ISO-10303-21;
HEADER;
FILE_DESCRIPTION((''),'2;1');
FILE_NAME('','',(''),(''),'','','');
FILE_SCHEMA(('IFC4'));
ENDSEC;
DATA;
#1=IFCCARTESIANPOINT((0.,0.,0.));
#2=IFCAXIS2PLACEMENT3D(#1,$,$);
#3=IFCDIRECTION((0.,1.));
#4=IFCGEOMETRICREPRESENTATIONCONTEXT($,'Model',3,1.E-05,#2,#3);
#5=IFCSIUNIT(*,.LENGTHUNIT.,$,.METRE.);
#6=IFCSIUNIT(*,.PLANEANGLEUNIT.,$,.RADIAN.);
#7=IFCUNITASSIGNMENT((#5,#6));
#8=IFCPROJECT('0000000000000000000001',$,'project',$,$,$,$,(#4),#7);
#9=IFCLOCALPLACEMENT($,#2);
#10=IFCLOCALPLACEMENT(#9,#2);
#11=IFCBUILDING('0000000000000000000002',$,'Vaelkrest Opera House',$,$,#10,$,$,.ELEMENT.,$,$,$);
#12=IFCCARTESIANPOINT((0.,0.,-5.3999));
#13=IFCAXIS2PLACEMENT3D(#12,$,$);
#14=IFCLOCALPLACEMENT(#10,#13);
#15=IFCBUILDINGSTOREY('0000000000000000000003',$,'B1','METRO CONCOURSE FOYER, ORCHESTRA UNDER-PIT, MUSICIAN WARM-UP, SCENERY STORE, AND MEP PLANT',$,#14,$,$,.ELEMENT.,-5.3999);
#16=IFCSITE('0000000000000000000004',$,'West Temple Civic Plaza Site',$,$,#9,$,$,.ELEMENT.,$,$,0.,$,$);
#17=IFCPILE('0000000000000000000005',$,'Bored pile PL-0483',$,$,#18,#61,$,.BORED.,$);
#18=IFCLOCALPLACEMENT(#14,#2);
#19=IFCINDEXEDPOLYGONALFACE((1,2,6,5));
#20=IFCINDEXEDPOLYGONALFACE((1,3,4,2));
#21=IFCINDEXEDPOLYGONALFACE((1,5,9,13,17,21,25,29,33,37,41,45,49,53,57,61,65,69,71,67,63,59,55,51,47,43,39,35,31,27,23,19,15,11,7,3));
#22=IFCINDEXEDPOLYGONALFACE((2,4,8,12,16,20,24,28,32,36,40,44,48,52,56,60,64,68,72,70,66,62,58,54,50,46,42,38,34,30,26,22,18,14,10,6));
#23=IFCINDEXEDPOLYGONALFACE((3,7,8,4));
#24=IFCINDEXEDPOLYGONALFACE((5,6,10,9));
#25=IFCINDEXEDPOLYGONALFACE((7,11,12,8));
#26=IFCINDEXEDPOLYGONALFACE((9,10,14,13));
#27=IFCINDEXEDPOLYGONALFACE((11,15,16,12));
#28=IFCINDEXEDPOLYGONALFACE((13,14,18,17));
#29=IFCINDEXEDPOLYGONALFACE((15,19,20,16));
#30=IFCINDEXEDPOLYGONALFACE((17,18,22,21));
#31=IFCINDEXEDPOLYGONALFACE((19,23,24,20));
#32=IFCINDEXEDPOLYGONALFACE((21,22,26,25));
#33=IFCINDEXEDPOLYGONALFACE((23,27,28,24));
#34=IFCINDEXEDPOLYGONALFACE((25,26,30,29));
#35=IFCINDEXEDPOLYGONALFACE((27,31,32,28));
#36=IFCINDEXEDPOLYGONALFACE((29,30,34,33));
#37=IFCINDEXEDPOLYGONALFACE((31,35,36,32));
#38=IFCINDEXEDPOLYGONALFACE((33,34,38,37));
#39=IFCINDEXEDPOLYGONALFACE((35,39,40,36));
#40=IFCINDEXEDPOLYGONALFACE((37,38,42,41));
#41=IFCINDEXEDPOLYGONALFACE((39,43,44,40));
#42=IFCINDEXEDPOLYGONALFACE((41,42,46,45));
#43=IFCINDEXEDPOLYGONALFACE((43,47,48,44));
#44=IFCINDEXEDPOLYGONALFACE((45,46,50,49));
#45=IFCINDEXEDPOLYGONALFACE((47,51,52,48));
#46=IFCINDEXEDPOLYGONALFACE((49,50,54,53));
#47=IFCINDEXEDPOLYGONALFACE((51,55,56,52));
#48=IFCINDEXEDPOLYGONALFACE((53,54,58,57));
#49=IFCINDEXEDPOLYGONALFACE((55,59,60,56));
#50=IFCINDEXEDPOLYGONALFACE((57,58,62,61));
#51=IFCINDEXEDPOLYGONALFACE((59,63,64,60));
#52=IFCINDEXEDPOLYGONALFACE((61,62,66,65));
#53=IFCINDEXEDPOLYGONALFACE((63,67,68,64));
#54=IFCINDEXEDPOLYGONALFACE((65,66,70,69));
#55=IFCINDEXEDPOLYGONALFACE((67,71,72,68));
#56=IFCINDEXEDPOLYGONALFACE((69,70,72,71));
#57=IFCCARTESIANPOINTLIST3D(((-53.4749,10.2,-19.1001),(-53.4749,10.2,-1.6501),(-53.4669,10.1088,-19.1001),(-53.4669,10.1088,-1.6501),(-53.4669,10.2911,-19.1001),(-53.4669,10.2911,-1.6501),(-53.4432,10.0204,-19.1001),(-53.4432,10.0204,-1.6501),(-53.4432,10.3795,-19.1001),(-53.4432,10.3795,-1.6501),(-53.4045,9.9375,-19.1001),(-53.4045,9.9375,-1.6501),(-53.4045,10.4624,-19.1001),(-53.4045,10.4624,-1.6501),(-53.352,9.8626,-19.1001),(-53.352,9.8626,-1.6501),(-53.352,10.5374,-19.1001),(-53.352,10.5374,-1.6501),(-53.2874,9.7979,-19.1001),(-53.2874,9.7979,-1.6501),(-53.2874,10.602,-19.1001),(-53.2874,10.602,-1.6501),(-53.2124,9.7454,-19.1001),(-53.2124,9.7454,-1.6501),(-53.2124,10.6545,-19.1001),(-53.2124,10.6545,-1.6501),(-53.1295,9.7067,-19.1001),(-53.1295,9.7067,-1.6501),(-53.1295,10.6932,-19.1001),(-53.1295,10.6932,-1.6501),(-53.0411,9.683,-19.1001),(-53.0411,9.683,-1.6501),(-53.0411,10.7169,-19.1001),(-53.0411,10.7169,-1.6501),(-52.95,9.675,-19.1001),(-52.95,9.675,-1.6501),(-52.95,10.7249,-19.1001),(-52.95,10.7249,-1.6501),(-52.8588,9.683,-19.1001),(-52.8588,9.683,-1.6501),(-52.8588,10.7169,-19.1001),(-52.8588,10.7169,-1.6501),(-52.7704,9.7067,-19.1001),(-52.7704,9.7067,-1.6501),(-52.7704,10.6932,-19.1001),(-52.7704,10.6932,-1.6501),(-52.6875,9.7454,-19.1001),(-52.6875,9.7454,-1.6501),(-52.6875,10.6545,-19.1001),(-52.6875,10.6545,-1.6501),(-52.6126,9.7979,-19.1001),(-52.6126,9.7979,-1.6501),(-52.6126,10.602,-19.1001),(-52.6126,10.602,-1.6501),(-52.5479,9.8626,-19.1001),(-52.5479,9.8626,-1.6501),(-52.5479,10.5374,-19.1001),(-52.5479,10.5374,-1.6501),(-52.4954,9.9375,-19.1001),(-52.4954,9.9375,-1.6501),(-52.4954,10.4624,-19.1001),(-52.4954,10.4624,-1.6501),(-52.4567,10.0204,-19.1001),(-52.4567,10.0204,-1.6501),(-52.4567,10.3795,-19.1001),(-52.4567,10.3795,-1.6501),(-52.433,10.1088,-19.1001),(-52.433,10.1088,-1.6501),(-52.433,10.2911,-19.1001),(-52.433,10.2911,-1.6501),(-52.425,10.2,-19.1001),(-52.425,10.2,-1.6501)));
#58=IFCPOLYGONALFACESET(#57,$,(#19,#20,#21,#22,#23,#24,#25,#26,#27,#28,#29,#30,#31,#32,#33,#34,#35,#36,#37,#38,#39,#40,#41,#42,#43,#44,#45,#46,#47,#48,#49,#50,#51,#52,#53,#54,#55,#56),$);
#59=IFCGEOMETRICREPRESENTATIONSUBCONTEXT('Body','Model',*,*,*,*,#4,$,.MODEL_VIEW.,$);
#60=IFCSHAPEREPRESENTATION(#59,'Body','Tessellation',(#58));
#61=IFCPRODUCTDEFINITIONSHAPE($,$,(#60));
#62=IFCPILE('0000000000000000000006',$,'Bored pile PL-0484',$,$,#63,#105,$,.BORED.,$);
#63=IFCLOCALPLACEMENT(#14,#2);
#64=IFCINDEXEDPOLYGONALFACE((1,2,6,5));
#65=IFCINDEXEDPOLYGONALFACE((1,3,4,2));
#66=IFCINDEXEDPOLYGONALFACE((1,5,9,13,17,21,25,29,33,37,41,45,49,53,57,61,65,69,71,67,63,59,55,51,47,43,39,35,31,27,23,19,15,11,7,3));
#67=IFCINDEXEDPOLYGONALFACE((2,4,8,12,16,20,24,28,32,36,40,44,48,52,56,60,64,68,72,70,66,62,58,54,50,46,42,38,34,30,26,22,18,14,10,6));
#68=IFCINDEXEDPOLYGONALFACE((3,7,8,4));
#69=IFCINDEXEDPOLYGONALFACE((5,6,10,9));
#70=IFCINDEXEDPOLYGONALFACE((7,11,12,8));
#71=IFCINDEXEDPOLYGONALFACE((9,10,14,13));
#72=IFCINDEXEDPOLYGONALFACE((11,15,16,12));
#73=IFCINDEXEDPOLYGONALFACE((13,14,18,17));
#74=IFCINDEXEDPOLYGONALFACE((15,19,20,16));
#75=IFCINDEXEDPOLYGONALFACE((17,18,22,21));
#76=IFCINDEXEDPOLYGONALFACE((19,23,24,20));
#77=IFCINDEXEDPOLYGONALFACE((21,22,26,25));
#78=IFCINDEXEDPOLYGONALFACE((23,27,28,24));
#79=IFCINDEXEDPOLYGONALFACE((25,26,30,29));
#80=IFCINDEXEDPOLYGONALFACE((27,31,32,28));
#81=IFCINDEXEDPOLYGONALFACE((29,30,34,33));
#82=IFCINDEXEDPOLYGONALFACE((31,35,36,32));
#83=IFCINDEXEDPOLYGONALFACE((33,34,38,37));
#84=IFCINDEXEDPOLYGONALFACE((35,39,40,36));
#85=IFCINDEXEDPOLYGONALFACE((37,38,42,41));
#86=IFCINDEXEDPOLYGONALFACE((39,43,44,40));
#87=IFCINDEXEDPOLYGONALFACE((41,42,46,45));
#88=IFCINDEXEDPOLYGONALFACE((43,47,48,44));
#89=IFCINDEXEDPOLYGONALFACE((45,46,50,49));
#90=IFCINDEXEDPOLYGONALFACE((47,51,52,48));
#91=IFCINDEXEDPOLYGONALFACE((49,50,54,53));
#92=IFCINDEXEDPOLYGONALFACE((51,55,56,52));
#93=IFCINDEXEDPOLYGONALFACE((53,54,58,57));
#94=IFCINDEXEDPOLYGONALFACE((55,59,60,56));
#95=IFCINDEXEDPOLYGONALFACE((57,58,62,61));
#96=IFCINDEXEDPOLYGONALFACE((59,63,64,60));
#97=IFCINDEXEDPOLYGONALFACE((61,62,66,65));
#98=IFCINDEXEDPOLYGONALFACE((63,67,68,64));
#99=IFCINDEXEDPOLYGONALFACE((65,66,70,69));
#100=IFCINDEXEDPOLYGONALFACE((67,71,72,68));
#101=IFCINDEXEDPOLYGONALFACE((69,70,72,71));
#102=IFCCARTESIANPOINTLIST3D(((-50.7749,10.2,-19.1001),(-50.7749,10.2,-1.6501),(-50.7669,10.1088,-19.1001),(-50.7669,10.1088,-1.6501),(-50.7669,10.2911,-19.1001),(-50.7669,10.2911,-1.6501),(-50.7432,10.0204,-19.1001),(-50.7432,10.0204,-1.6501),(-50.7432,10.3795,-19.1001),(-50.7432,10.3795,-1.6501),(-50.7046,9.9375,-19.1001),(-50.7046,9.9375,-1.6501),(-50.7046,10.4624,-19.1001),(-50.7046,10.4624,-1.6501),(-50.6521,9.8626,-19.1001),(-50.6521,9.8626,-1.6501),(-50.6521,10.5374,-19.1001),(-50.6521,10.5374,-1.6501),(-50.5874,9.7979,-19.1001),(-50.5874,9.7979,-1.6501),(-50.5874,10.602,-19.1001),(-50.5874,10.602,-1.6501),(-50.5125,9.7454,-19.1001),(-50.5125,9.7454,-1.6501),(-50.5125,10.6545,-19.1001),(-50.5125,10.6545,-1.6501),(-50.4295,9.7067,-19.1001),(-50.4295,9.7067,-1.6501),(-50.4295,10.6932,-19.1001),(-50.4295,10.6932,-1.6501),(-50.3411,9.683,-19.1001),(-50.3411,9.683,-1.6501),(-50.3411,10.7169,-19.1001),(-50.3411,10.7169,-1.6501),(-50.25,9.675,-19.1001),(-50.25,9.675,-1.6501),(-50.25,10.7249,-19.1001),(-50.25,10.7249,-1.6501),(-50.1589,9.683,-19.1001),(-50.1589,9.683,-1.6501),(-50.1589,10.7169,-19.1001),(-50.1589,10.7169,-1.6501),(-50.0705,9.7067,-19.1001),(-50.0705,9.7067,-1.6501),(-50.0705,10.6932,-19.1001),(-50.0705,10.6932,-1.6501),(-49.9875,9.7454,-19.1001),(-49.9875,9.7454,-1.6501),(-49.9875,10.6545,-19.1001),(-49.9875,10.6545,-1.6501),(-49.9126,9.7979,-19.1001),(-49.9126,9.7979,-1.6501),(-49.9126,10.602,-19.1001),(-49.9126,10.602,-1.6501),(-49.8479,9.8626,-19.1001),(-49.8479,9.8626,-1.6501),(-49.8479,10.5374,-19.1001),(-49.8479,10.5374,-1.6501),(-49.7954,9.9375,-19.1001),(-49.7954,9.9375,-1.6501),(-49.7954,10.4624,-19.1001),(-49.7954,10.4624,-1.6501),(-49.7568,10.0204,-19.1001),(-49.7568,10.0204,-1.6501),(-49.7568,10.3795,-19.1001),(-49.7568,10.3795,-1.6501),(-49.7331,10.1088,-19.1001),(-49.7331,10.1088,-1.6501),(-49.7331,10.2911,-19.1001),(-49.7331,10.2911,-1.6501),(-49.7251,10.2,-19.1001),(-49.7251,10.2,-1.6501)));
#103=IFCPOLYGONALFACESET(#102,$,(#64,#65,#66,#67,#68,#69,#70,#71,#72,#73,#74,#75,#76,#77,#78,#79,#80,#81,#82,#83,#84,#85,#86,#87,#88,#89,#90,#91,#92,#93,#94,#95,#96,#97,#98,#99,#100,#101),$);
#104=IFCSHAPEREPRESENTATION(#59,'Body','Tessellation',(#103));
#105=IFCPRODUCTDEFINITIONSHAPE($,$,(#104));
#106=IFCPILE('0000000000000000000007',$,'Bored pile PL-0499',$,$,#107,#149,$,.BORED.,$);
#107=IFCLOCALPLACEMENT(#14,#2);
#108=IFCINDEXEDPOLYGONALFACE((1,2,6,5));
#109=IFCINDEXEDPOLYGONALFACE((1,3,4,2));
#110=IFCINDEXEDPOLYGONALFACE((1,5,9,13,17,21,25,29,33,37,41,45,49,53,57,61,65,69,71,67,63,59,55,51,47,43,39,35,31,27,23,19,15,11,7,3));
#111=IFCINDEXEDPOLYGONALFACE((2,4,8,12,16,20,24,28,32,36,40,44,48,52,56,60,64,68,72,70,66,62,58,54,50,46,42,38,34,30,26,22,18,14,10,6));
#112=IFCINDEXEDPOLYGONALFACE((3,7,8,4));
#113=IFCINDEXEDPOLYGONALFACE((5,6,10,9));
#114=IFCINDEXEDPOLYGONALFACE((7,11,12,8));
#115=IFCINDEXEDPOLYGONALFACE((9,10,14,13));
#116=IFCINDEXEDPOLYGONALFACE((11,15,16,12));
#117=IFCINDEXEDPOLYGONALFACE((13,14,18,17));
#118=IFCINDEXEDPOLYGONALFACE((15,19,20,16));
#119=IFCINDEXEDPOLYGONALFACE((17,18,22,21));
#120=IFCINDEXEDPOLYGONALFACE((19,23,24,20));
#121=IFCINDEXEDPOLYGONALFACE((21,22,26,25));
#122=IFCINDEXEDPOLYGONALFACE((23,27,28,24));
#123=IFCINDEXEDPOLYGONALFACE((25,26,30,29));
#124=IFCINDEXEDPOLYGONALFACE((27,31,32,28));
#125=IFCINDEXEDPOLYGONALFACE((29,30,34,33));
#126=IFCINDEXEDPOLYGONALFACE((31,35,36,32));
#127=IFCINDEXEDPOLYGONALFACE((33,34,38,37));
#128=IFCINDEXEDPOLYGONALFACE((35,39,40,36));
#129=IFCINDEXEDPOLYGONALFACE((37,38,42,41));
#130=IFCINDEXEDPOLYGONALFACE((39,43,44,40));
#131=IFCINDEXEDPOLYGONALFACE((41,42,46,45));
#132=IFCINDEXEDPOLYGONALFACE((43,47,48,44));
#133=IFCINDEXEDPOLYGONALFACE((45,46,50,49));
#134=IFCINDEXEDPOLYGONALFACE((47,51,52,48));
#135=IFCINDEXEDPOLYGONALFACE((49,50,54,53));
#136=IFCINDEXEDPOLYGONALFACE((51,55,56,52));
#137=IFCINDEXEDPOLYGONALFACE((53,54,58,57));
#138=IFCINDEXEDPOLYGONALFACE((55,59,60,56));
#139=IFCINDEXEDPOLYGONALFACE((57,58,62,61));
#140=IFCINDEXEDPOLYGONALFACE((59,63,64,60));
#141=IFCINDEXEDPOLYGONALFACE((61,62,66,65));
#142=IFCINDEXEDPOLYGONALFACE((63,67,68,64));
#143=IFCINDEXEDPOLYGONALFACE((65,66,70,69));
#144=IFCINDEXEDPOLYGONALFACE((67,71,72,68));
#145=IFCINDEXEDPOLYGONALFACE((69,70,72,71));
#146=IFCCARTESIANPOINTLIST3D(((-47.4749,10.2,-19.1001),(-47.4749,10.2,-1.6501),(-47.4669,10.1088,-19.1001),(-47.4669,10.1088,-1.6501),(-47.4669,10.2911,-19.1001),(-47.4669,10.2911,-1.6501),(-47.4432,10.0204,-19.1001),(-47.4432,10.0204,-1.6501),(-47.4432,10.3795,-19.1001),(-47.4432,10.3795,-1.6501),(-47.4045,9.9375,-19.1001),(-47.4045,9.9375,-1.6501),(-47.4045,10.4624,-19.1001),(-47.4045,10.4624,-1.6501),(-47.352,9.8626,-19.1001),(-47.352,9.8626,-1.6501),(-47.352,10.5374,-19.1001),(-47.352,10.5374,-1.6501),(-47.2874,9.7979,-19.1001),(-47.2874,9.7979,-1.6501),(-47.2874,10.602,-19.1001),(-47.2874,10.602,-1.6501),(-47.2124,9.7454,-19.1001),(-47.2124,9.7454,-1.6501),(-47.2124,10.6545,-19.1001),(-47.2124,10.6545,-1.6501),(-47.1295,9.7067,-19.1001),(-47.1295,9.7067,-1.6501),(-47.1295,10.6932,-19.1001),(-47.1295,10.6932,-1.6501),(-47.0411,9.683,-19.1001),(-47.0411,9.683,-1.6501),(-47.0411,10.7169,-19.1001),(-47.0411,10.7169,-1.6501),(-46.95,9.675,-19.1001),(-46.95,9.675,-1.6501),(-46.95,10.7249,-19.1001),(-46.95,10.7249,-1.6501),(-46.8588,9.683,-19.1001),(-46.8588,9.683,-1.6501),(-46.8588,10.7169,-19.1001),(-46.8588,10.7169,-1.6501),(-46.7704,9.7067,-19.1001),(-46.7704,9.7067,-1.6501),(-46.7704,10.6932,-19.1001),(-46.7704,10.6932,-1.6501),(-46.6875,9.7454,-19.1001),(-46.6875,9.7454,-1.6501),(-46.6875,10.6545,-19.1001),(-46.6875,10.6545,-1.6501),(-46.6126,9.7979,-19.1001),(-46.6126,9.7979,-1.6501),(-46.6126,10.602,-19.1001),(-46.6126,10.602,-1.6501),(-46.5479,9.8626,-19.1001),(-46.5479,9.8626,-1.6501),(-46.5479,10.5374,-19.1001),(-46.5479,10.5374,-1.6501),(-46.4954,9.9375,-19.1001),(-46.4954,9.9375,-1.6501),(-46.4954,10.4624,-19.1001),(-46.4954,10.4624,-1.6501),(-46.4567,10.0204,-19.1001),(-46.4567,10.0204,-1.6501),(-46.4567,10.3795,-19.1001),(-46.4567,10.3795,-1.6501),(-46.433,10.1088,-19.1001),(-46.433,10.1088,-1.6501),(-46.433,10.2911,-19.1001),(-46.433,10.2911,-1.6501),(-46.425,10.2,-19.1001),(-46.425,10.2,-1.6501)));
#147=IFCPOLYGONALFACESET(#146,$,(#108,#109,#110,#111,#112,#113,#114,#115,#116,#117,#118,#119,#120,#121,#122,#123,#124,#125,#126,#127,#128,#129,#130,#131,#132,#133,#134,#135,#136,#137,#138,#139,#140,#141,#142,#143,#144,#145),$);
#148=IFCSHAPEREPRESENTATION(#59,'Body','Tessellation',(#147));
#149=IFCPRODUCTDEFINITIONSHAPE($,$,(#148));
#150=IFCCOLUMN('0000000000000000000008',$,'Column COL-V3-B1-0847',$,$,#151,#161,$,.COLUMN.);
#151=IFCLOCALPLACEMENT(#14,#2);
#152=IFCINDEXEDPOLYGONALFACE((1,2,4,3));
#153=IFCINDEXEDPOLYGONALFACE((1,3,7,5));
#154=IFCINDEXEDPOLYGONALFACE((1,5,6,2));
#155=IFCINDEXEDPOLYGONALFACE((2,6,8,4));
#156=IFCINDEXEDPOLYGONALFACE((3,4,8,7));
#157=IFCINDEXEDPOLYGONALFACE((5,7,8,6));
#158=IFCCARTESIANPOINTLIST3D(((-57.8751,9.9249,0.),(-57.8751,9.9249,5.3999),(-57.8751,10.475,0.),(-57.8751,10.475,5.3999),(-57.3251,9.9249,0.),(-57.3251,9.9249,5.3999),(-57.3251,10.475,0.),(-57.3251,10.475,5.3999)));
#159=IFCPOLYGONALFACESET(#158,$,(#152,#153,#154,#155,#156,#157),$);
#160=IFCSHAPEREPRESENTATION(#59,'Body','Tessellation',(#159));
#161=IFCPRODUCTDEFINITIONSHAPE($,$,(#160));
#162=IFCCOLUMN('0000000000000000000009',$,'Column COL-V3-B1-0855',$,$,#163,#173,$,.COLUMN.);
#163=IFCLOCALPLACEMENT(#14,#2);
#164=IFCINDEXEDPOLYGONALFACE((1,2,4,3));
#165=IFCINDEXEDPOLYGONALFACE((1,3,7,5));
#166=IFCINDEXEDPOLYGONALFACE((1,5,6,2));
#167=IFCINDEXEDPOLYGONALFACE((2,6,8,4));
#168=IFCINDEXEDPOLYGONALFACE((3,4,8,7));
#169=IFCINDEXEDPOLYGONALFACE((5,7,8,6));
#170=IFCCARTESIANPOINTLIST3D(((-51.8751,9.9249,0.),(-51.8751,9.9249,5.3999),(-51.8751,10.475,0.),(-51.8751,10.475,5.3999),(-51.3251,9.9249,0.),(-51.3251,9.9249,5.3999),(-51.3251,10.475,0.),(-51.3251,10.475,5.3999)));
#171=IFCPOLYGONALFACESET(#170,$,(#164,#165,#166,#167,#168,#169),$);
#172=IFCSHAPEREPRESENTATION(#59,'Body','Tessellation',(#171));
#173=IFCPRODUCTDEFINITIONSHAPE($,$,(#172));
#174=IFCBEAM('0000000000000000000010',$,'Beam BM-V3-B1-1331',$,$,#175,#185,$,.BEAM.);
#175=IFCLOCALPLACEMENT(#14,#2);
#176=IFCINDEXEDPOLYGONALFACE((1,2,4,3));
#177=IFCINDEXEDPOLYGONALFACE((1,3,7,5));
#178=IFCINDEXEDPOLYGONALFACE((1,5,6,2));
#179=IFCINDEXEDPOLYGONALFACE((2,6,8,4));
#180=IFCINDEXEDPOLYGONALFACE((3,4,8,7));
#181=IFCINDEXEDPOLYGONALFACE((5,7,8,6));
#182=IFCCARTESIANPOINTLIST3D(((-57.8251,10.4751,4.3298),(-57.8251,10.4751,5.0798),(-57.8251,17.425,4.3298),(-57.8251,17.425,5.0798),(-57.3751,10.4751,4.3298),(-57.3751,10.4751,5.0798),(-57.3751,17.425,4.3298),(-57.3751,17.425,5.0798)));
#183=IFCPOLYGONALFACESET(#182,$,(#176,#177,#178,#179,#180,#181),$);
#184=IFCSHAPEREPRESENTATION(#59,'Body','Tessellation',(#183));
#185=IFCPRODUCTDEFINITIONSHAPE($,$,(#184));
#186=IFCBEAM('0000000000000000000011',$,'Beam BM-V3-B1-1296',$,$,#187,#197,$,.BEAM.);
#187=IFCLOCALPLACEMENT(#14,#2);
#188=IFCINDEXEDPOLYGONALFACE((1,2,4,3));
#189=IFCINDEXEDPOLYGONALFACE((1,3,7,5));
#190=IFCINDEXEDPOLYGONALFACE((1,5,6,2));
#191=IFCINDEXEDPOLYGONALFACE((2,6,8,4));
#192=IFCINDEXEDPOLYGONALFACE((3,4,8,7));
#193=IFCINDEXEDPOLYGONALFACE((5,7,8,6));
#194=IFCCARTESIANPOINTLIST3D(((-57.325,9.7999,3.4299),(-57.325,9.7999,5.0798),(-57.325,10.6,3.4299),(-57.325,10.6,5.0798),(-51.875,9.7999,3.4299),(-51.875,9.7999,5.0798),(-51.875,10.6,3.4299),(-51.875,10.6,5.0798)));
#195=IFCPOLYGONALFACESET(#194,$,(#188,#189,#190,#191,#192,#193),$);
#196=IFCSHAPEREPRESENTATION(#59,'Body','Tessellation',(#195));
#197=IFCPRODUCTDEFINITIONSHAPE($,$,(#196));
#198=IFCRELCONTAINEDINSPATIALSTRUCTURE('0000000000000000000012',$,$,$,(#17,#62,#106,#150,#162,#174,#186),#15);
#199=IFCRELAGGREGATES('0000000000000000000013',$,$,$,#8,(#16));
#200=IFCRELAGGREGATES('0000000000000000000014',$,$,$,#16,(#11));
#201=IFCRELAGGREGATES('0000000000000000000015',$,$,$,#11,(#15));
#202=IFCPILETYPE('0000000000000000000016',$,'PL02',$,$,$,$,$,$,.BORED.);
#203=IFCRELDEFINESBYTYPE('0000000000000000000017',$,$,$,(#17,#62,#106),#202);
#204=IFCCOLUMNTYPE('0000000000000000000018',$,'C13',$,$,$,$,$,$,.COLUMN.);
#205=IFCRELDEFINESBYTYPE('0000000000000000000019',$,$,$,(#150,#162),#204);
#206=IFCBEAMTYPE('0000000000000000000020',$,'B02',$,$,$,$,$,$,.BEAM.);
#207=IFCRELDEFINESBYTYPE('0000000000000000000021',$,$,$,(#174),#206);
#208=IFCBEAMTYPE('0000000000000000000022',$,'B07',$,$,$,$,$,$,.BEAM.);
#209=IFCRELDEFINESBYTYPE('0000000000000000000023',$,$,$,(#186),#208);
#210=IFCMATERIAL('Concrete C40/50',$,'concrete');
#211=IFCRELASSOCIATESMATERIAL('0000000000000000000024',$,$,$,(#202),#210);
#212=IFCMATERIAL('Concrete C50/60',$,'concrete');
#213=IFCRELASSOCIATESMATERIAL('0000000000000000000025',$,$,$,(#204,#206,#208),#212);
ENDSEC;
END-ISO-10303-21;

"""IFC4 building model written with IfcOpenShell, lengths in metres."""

from ifc_helpers import new_model, si_unit, direction, frame, origin, origin_2d, place, context, subcontext, project, spatial, rectangle, circle, extrude, material, material_profile, profile_set, type_object, element, save


model = new_model("IFC4")

# Units and contexts
model_context = context("Model", 3, precision=1e-05, world=origin(), true_north=direction((0.0, 1.0)))
body_context = subcontext(model_context, "Body", "Model", "MODEL_VIEW")
ifc_project = project(units=[si_unit("LENGTHUNIT", "METRE"), si_unit("PLANEANGLEUNIT", "RADIAN")], contexts=[model_context])

# Site, building, storey
site_placement = place(None, origin())
site = spatial("IfcSite", under=ifc_project, at=site_placement, Name="West Temple Civic Plaza Site", CompositionType="ELEMENT", RefElevation=0.0)
building_placement = place(site_placement, origin())
building = spatial("IfcBuilding", under=site, at=building_placement, Name="Vaelkrest Opera House", CompositionType="ELEMENT")
storey_placement = place(building_placement, frame((0.0, 0.0, -5.3999)))
storey = spatial("IfcBuildingStorey", under=building, at=storey_placement, Name="B1", Description="METRO CONCOURSE FOYER, ORCHESTRA UNDER-PIT, MUSICIAN WARM-UP, SCENERY STORE, AND MEP PLANT", CompositionType="ELEMENT", Elevation=-5.3999)

# Shared definitions
ifc_material_1 = material(Name="Concrete C40/50", Category="concrete")

# Piles
ifc_material_profile_1 = material_profile(ifc_material_1, circle(Radius=0.5249, at=origin_2d()), Name="PILE1050")
ifc_profile_set_1 = profile_set([ifc_material_profile_1], Name="Concrete C40/50")
pile_type = type_object("IfcPileType", Name="PL02", PredefinedType="BORED", material=ifc_profile_set_1)
for number, where, z_axis, x_axis, name in (
    (1, (-52.95, 10.2, -1.6501), (0.0, 0.0, -1.0), (1.0, 0.0, 0.0), "Bored pile PL-0483"),
    (2, (-50.25, 10.2, -1.6501), (0.0, 0.0, -1.0), (1.0, 0.0, 0.0), "Bored pile PL-0484"),
    (3, (-46.95, 10.2, -1.6501), (0.0, 0.0, -1.0), (1.0, 0.0, 0.0), "Bored pile PL-0499"),
):
    element("IfcPile", number, at=place(storey_placement, frame(where, z_axis=z_axis, x_axis=x_axis)), inside=storey, type_object=pile_type, Name=name, PredefinedType="BORED", context=body_context, shape_type="SweptSolid", body=[
        extrude(circle(Radius=0.5249, at=origin_2d()), origin(), (0.0, 0.0, 1.0), 17.45),
    ])

# Columns
ifc_material_2 = material(Name="Concrete C50/60", Category="concrete")
ifc_material_profile_2 = material_profile(ifc_material_2, rectangle(XDim=0.55, YDim=0.55, at=origin_2d()), Name="RC550X550")
ifc_profile_set_2 = profile_set([ifc_material_profile_2], Name="Concrete C50/60")
column_type = type_object("IfcColumnType", Name="C13", PredefinedType="COLUMN", material=ifc_profile_set_2)
for number, where, z_axis, x_axis, name in (
    (4, (-57.6001, 10.2, 0.0), (0.0, 0.0, 1.0), (1.0, 0.0, 0.0), "Column COL-V3-B1-0847"),
    (5, (-51.6001, 10.2, 0.0), (0.0, 0.0, 1.0), (1.0, 0.0, 0.0), "Column COL-V3-B1-0855"),
):
    element("IfcColumn", number, at=place(storey_placement, frame(where, z_axis=z_axis, x_axis=x_axis)), inside=storey, type_object=column_type, Name=name, PredefinedType="COLUMN", context=body_context, shape_type="SweptSolid", body=[
        extrude(rectangle(XDim=0.55, YDim=0.55, at=origin_2d()), origin(), (0.0, 0.0, 1.0), 5.3999),
    ])

# Beams
ifc_material_profile_3 = material_profile(ifc_material_2, rectangle(XDim=0.45, YDim=0.75, at=origin_2d()), Name="RCB450X750")
ifc_profile_set_3 = profile_set([ifc_material_profile_3], Name="Concrete C50/60")
beam_type_1 = type_object("IfcBeamType", Name="B02", PredefinedType="BEAM", material=ifc_profile_set_3)
beam_1_placement = place(storey_placement, frame((-57.6001, 10.4751, 4.7048), z_axis=(0.0, 1.0, 0.0), x_axis=(-1.0, 0.0, 0.0)))
element("IfcBeam", 6, at=beam_1_placement, inside=storey, type_object=beam_type_1, Name="Beam BM-V3-B1-1331", PredefinedType="BEAM", context=body_context, shape_type="SweptSolid", body=[
    extrude(rectangle(XDim=0.45, YDim=0.75, at=origin_2d()), origin(), (0.0, 0.0, 1.0), 6.95),
])
ifc_material_profile_4 = material_profile(ifc_material_2, rectangle(XDim=0.8, YDim=1.6499, at=origin_2d()), Name="RCB800X1650")
ifc_profile_set_4 = profile_set([ifc_material_profile_4], Name="Concrete C50/60")
beam_type_2 = type_object("IfcBeamType", Name="B07", PredefinedType="BEAM", material=ifc_profile_set_4)
beam_2_placement = place(storey_placement, frame((-57.325, 10.2, 4.2549), z_axis=(1.0, 0.0, 0.0), x_axis=(0.0, 1.0, 0.0)))
element("IfcBeam", 7, at=beam_2_placement, inside=storey, type_object=beam_type_2, Name="Beam BM-V3-B1-1296", PredefinedType="BEAM", context=body_context, shape_type="SweptSolid", body=[
    extrude(rectangle(XDim=0.8, YDim=1.6499, at=origin_2d()), origin(), (0.0, 0.0, 1.0), 5.45),
])

save(model, "model.ifc")
